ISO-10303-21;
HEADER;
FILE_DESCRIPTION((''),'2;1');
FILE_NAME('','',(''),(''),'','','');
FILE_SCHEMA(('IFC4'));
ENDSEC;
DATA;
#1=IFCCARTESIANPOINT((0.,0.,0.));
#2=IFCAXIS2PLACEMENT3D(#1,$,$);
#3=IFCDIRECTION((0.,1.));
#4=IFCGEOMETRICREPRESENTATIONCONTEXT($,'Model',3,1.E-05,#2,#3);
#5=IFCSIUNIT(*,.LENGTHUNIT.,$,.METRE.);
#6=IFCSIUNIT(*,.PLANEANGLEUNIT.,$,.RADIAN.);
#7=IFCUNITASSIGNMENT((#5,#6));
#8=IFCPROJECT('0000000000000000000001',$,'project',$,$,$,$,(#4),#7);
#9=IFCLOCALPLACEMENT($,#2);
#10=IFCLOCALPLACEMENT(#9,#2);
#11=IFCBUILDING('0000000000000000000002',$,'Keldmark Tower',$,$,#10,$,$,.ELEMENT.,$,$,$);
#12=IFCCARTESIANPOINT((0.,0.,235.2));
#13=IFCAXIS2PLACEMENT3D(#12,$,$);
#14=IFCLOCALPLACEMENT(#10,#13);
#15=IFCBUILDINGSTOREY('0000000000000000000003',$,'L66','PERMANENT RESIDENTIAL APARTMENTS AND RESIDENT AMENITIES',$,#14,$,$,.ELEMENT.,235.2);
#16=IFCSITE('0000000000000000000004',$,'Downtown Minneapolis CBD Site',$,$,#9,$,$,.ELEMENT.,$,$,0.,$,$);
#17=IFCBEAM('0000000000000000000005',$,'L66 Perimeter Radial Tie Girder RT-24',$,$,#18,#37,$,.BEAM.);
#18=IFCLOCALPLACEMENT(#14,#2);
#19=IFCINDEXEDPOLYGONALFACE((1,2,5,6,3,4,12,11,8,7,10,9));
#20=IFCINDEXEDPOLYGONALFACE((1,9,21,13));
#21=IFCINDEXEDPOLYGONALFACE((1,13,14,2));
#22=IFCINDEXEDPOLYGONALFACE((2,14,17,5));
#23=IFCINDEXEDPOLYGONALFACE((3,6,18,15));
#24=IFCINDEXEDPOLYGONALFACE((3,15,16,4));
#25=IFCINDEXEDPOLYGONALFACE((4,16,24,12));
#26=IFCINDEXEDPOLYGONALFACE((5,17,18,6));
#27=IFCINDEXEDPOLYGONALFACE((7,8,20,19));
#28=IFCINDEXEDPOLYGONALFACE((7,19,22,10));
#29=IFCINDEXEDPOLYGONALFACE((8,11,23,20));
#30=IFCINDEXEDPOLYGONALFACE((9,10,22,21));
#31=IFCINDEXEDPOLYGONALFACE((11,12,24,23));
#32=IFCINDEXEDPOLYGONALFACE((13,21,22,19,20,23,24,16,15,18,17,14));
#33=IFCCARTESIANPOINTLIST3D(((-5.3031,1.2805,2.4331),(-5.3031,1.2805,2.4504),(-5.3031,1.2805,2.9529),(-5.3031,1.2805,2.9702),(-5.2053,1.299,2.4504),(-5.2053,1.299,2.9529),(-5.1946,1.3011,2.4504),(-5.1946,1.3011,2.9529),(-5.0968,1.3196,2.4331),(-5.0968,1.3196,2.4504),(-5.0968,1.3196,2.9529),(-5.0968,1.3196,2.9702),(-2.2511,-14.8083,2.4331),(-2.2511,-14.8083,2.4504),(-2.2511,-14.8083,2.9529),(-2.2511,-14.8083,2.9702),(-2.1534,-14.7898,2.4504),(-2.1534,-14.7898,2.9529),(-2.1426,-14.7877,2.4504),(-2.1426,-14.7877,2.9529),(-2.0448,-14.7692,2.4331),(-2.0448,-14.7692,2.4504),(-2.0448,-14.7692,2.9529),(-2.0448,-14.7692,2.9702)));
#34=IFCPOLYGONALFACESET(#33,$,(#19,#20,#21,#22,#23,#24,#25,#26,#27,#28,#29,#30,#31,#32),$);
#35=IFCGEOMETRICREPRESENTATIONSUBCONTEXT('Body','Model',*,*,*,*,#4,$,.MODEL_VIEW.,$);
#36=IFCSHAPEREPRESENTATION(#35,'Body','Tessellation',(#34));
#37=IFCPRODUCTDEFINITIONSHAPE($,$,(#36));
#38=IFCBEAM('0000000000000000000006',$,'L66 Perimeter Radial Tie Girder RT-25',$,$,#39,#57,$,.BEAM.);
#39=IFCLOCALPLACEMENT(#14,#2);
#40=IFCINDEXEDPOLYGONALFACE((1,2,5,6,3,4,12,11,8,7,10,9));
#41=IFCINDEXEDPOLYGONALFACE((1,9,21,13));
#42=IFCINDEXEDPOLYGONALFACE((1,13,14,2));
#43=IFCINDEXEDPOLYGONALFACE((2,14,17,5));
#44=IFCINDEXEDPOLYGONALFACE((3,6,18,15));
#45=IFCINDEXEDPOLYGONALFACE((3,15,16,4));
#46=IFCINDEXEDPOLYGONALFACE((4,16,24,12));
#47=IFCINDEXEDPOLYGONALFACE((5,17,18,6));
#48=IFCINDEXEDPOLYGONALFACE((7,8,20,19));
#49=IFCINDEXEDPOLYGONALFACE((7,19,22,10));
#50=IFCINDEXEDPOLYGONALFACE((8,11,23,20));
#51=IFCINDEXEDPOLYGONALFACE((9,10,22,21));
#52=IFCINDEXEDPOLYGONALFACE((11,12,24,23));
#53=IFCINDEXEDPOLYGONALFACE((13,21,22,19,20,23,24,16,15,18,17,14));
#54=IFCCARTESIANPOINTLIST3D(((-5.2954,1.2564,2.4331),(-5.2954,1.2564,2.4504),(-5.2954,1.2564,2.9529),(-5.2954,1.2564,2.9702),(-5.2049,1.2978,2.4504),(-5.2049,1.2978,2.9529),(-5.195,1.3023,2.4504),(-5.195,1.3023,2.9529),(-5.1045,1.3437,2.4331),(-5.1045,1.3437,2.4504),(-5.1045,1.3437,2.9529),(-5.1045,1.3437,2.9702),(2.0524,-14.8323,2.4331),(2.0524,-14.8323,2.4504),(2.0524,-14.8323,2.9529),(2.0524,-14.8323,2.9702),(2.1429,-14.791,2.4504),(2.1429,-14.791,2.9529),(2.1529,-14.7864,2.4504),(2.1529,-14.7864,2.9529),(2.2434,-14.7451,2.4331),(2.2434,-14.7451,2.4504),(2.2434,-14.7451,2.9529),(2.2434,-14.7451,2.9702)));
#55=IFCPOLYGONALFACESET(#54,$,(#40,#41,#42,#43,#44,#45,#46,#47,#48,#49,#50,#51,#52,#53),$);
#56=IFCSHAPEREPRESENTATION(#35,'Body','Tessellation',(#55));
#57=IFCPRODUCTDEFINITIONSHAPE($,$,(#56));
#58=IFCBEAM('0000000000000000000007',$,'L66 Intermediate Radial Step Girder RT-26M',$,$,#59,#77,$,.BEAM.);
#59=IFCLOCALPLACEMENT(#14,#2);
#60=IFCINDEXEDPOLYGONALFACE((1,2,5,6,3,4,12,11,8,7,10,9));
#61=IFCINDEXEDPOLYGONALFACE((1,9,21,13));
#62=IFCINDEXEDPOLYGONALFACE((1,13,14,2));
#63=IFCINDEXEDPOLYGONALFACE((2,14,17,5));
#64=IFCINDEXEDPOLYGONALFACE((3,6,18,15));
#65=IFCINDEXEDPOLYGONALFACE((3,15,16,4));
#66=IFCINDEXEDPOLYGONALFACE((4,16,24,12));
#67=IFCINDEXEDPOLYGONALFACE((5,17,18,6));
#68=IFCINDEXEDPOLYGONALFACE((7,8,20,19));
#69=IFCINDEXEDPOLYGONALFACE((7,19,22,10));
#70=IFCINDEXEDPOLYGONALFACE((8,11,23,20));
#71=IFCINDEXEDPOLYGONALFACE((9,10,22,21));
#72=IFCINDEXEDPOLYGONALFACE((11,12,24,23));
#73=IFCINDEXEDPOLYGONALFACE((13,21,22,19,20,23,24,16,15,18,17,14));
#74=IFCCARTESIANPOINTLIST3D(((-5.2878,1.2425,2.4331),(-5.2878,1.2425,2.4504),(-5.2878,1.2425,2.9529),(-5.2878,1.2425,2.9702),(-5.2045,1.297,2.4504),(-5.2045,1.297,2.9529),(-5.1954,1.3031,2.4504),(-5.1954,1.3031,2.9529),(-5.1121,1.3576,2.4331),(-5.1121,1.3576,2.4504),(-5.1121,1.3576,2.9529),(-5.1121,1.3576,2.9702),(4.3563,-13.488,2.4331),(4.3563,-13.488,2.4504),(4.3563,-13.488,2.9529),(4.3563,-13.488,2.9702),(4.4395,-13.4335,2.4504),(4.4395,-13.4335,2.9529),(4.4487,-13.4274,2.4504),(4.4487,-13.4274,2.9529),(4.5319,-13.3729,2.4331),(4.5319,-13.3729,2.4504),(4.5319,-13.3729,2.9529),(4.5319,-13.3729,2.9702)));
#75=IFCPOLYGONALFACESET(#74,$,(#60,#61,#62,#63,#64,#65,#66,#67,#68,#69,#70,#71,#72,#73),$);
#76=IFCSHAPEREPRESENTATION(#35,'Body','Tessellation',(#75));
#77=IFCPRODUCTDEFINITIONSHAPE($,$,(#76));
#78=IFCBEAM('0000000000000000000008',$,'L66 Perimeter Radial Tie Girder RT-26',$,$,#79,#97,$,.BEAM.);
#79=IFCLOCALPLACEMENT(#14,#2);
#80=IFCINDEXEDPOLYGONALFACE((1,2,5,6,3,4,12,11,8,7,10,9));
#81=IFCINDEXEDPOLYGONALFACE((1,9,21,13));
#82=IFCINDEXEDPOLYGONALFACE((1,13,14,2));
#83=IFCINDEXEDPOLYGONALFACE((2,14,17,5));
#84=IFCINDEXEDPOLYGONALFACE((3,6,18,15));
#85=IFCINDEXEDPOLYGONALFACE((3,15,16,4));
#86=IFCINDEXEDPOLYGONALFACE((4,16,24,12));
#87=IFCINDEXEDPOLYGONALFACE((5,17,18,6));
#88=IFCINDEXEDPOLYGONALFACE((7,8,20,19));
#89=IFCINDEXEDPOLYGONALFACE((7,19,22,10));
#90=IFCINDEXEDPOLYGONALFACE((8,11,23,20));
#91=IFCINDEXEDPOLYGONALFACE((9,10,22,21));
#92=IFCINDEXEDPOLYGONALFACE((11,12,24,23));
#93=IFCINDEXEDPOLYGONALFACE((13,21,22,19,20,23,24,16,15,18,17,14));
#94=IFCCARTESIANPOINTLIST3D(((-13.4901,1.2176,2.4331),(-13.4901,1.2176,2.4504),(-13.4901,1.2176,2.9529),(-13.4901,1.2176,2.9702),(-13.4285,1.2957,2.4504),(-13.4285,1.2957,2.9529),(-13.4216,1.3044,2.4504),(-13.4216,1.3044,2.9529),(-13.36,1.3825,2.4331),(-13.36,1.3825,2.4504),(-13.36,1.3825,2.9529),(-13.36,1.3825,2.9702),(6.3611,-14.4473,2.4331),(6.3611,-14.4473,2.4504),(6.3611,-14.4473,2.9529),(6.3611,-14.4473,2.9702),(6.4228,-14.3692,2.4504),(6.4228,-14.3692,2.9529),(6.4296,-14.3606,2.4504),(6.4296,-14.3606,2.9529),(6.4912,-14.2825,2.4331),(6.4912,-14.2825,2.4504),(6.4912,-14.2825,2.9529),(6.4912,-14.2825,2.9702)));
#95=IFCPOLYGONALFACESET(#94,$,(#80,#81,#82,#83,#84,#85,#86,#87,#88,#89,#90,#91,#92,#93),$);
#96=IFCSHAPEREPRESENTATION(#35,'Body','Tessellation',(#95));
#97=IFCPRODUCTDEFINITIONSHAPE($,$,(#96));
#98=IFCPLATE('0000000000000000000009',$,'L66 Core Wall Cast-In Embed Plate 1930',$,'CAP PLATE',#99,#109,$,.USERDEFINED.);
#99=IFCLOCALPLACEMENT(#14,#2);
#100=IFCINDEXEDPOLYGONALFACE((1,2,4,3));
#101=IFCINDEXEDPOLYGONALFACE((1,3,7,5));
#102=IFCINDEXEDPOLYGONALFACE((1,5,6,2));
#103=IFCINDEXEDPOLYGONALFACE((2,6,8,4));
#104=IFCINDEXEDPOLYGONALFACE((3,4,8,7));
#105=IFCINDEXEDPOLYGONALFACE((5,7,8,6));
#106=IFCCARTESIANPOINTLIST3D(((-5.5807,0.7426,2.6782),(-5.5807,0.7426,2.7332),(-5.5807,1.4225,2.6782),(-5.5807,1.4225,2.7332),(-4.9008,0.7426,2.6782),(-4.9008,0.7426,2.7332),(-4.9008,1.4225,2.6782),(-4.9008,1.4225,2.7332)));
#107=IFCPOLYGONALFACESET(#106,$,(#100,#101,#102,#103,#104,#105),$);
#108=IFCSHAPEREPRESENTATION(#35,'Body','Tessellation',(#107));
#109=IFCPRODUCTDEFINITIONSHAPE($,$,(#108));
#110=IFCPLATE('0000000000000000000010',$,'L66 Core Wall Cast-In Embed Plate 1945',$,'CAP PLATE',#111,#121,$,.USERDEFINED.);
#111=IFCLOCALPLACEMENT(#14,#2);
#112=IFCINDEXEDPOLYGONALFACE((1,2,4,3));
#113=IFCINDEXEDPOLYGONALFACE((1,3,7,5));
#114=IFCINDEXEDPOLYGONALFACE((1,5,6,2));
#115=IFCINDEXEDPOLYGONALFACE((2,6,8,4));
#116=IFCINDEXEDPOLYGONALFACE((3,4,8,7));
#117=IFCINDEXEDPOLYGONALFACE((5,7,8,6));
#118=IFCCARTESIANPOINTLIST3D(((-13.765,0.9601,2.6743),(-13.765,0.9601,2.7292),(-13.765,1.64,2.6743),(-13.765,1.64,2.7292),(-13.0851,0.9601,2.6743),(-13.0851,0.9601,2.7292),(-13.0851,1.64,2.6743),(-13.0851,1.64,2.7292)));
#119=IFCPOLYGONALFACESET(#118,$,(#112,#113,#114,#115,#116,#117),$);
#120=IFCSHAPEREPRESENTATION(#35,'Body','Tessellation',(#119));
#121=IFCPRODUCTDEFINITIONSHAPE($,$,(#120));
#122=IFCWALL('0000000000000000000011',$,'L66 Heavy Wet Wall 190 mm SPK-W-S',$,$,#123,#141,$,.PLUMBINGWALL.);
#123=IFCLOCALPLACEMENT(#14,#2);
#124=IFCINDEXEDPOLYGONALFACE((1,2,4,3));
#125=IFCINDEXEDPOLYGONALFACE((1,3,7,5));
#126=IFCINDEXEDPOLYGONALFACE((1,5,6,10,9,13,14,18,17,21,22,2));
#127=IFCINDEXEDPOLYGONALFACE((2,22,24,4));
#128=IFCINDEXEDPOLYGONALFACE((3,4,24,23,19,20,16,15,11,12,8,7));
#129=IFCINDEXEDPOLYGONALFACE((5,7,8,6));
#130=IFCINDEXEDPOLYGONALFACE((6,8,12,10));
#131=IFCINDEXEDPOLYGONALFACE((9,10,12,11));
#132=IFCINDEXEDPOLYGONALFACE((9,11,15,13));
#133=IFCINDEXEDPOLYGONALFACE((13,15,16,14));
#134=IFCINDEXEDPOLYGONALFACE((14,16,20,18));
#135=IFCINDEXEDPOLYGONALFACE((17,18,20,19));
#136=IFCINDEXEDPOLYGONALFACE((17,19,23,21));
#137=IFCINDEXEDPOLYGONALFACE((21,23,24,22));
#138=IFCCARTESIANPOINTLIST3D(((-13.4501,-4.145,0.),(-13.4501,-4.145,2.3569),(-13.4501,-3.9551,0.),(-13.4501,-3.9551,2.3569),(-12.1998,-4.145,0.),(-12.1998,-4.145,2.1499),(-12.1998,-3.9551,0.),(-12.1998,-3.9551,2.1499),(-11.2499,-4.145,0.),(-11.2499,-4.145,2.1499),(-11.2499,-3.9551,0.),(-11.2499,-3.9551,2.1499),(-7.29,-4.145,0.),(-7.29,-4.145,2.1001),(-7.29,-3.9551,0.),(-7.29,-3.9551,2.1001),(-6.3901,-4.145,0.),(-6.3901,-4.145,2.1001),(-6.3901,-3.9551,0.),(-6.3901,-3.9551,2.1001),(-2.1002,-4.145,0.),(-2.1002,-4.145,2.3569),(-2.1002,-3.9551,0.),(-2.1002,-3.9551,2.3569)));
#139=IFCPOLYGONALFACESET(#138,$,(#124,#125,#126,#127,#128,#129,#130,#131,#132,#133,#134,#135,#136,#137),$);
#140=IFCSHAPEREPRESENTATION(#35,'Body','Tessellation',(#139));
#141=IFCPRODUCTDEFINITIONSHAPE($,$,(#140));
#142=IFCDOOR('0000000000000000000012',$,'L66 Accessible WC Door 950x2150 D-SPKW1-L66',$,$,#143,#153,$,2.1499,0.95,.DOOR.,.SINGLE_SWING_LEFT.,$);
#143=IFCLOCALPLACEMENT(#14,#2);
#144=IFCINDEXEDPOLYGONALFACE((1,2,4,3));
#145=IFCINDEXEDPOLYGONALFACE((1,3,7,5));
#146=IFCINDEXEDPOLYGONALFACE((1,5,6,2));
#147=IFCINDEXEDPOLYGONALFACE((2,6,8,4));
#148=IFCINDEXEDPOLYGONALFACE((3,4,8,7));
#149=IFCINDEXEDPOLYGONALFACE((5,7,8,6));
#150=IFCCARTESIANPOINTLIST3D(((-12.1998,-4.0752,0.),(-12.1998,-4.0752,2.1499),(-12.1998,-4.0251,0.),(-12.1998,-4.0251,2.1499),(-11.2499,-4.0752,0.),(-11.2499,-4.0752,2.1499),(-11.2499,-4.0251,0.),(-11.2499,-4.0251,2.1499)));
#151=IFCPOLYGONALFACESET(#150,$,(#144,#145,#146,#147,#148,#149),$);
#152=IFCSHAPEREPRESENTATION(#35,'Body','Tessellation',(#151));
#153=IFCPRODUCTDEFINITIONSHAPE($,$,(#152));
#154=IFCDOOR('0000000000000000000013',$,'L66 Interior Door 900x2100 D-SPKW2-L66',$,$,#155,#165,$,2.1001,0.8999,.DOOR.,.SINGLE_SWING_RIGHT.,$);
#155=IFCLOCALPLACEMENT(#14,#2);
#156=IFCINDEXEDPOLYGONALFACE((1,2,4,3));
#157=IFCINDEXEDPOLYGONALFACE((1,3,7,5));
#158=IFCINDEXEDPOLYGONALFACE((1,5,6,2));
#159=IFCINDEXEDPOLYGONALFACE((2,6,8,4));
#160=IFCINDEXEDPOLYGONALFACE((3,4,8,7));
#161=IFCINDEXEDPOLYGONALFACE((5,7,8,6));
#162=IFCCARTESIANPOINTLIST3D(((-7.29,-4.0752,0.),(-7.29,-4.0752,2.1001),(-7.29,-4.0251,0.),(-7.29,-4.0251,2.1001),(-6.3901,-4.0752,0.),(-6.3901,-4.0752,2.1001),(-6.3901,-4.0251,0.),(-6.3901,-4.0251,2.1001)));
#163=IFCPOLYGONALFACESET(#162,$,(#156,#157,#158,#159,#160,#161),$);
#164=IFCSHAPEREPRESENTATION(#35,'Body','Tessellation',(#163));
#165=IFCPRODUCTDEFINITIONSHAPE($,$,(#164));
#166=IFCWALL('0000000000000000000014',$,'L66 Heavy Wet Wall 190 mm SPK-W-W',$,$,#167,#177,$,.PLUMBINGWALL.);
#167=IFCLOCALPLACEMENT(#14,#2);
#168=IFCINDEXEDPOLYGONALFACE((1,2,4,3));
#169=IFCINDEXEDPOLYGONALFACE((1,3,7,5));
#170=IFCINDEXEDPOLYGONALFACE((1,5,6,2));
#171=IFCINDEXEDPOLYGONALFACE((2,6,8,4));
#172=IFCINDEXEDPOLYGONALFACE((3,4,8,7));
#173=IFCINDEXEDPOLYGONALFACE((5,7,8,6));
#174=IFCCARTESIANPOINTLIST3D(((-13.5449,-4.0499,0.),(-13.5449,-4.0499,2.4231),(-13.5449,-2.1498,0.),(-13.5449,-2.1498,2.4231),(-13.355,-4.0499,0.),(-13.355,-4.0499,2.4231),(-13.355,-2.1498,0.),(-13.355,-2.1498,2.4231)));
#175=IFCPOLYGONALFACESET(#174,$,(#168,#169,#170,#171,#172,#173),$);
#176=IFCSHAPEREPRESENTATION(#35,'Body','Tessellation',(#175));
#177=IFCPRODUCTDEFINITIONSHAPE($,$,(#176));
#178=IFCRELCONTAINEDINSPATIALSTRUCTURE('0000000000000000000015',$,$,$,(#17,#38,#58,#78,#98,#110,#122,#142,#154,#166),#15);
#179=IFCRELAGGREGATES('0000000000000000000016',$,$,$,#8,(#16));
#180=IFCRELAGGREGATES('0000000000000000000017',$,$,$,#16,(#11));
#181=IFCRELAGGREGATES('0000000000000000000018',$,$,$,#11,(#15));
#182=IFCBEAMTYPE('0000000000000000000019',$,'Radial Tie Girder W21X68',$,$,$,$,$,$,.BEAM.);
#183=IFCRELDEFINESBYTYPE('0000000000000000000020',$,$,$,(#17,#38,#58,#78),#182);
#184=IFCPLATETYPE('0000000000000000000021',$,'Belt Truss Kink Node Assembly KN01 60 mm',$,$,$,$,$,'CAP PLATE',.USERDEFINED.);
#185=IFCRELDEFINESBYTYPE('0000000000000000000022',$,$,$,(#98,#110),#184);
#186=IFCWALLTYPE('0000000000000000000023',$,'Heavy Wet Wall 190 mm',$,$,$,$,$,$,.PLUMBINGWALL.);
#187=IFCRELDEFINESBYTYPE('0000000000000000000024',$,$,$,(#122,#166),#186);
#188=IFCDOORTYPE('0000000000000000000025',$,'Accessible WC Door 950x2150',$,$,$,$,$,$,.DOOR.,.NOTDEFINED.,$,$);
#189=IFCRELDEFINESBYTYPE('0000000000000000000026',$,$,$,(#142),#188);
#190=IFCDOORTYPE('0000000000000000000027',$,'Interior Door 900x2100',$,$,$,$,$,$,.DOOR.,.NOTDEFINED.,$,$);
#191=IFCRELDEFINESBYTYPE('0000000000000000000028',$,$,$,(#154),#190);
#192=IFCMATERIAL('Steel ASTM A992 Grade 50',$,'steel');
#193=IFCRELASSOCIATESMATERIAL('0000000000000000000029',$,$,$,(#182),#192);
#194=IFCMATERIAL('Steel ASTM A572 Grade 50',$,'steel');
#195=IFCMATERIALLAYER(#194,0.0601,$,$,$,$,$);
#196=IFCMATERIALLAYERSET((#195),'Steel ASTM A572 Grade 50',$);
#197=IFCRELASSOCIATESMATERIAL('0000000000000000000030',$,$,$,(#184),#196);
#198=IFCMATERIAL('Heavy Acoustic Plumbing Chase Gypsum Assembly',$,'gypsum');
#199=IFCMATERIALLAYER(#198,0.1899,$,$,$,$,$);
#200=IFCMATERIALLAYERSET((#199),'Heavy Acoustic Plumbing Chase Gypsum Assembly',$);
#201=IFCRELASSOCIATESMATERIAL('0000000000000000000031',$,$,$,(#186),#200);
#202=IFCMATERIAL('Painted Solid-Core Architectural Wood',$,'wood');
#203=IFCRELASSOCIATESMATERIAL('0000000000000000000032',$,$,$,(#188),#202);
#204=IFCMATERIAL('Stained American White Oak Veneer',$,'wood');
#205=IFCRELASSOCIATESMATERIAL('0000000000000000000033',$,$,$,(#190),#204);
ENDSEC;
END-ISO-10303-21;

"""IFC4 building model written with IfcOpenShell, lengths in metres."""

from ifc_helpers import new_model, si_unit, direction, frame, frame_2d, origin, origin_2d, place, context, subcontext, project, spatial, rectangle, i_section, extrude, material, layer, layer_set, material_profile, profile_set, type_object, element, fill, save


model = new_model("IFC4")

# Units and contexts
model_context = context("Model", 3, precision=1e-05, world=origin(), true_north=direction((0.0, 1.0)))
body_context = subcontext(model_context, "Body", "Model", "MODEL_VIEW")
ifc_project = project(units=[si_unit("LENGTHUNIT", "METRE"), si_unit("PLANEANGLEUNIT", "RADIAN")], contexts=[model_context])

# Site, building, storey
site_placement = place(None, origin())
site = spatial("IfcSite", under=ifc_project, at=site_placement, Name="Downtown Minneapolis CBD Site", CompositionType="ELEMENT", RefElevation=0.0)
building_placement = place(site_placement, origin())
building = spatial("IfcBuilding", under=site, at=building_placement, Name="Keldmark Tower", CompositionType="ELEMENT")
storey_placement = place(building_placement, frame((0.0, 0.0, 235.2)))
storey = spatial("IfcBuildingStorey", under=building, at=storey_placement, Name="L66", Description="PERMANENT RESIDENTIAL APARTMENTS AND RESIDENT AMENITIES", CompositionType="ELEMENT", Elevation=235.2)

# Beams
ifc_material_1 = material(Name="Steel ASTM A992 Grade 50", Category="steel")
ifc_material_profile_1 = material_profile(ifc_material_1, i_section(OverallWidth=0.21, OverallDepth=0.5371, WebThickness=0.011, FlangeThickness=0.0173, at=origin_2d()), Name="W21X68")
ifc_profile_set_1 = profile_set([ifc_material_profile_1], Name="Steel ASTM A992 Grade 50")
beam_type_1 = type_object("IfcBeamType", Name="Radial Tie Girder W21X68", PredefinedType="BEAM", material=ifc_profile_set_1)
beam_1_placement = place(storey_placement, frame((-5.2, 1.3, 2.7017), z_axis=(0.186373, -0.982479, 0.0), x_axis=(0.982479, 0.186373, 0.0)))
element("IfcBeam", 1, at=beam_1_placement, inside=storey, type_object=beam_type_1, Name="L66 Perimeter Radial Tie Girder RT-24", PredefinedType="BEAM", context=body_context, shape_type="SweptSolid", body=[
    extrude(i_section(OverallWidth=0.21, OverallDepth=0.5371, WebThickness=0.011, FlangeThickness=0.0173, at=origin_2d()), origin(), (0.0, 0.0, 1.0), 16.3757),
])
beam_2_placement = place(storey_placement, frame((-5.2, 1.3, 2.7017), z_axis=(0.415432, -0.909624, 0.0), x_axis=(0.909624, 0.415432, 0.0)))
element("IfcBeam", 2, at=beam_2_placement, inside=storey, type_object=beam_type_1, Name="L66 Perimeter Radial Tie Girder RT-25", PredefinedType="BEAM", context=body_context, shape_type="SweptSolid", body=[
    extrude(i_section(OverallWidth=0.21, OverallDepth=0.5371, WebThickness=0.011, FlangeThickness=0.0173, at=origin_2d()), origin(), (0.0, 0.0, 1.0), 17.6873),
])
beam_3_placement = place(storey_placement, frame((-5.2, 1.3, 2.7017), z_axis=(0.54775, -0.836642, 0.0), x_axis=(0.836642, 0.54775, 0.0)))
element("IfcBeam", 3, at=beam_3_placement, inside=storey, type_object=beam_type_1, Name="L66 Intermediate Radial Step Girder RT-26M", PredefinedType="BEAM", context=body_context, shape_type="SweptSolid", body=[
    extrude(i_section(OverallWidth=0.21, OverallDepth=0.5371, WebThickness=0.011, FlangeThickness=0.0173, at=origin_2d()), origin(), (0.0, 0.0, 1.0), 17.6067),
])
beam_4_placement = place(storey_placement, frame((-13.425, 1.3, 2.7017), z_axis=(0.785018, -0.619472, 0.0), x_axis=(0.619472, 0.785018, 0.0)))
element("IfcBeam", 4, at=beam_4_placement, inside=storey, type_object=beam_type_1, Name="L66 Perimeter Radial Tie Girder RT-26", PredefinedType="BEAM", context=body_context, shape_type="SweptSolid", body=[
    extrude(i_section(OverallWidth=0.21, OverallDepth=0.5371, WebThickness=0.011, FlangeThickness=0.0173, at=origin_2d()), origin(), (0.0, 0.0, 1.0), 25.2876),
])

# Plates
ifc_material_2 = material(Name="Steel ASTM A572 Grade 50", Category="steel")
ifc_layer_1 = layer(ifc_material_2, 0.0601)
ifc_layer_set_1 = layer_set([ifc_layer_1], Name="Steel ASTM A572 Grade 50")
plate_type = type_object("IfcPlateType", Name="Belt Truss Kink Node Assembly KN01 60 mm", ElementType="CAP PLATE", PredefinedType="USERDEFINED", material=ifc_layer_set_1)
for number, where, z_axis, x_axis, name in (
    (5, (-5.2407, 1.0825, 2.6782), (0.0, 0.0, 1.0), (1.0, 0.0, 0.0), "L66 Core Wall Cast-In Embed Plate 1930"),
    (6, (-13.425, 1.3, 2.6743), (0.0, 0.0, 1.0), (1.0, 0.0, 0.0), "L66 Core Wall Cast-In Embed Plate 1945"),
):
    element("IfcPlate", number, at=place(storey_placement, frame(where, z_axis=z_axis, x_axis=x_axis)), inside=storey, type_object=plate_type, Name=name, ObjectType="CAP PLATE", PredefinedType="USERDEFINED", context=body_context, shape_type="SweptSolid", body=[
        extrude(rectangle(XDim=0.6799, YDim=0.6799, at=origin_2d()), origin(), (0.0, 0.0, 1.0), 0.0549),
    ])

# Wall, openings, doors
ifc_material_3 = material(Name="Heavy Acoustic Plumbing Chase Gypsum Assembly", Category="gypsum")
ifc_layer_2 = layer(ifc_material_3, 0.1899)
ifc_layer_set_2 = layer_set([ifc_layer_2], Name="Heavy Acoustic Plumbing Chase Gypsum Assembly")
wall_type_1 = type_object("IfcWallType", Name="Heavy Wet Wall 190 mm", PredefinedType="PLUMBINGWALL", material=ifc_layer_set_2)
wall_1_placement = place(storey_placement, frame((-13.45, -4.05, 0.0), z_axis=(0.0, 0.0, 1.0), x_axis=(1.0, 0.0, 0.0)))
wall_1 = element("IfcWall", 7, at=wall_1_placement, inside=storey, type_object=wall_type_1, Name="L66 Heavy Wet Wall 190 mm SPK-W-S", PredefinedType="PLUMBINGWALL", context=body_context, shape_type="SweptSolid", body=[
    extrude(rectangle(XDim=11.3499, YDim=0.1899, at=frame_2d((5.6748, 0.0))), origin(), (0.0, 0.0, 1.0), 2.3569),
])
opening_1_placement = place(wall_1_placement, frame((1.25, 0.0, 0.0)))
opening_1 = element("IfcOpeningElement", 8, at=opening_1_placement, cuts=wall_1, PredefinedType="OPENING", context=body_context, shape_type="SweptSolid", body=[
    extrude(rectangle(XDim=0.95, YDim=2.1499, at=frame_2d((0.4751, 1.075))), frame((0.0, 0.105, 0.0), z_axis=(0.0, -1.0, 0.0), x_axis=(1.0, 0.0, 0.0)), (0.0, 0.0, 1.0), 0.21),
])
opening_2_placement = place(wall_1_placement, frame((6.1599, 0.0, 0.0)))
opening_2 = element("IfcOpeningElement", 9, at=opening_2_placement, cuts=wall_1, PredefinedType="OPENING", context=body_context, shape_type="SweptSolid", body=[
    extrude(rectangle(XDim=0.8999, YDim=2.1001, at=frame_2d((0.45, 1.05))), frame((0.0, 0.105, 0.0), z_axis=(0.0, -1.0, 0.0), x_axis=(1.0, 0.0, 0.0)), (0.0, 0.0, 1.0), 0.21),
])
ifc_material_4 = material(Name="Painted Solid-Core Architectural Wood", Category="wood")
door_type_1 = type_object("IfcDoorType", Name="Accessible WC Door 950x2150", OperationType="NOTDEFINED", PredefinedType="DOOR", material=ifc_material_4)
door_1_placement = place(opening_1_placement, origin())
door_1 = element("IfcDoor", 10, at=door_1_placement, inside=storey, type_object=door_type_1, Name="L66 Accessible WC Door 950x2150 D-SPKW1-L66", OperationType="SINGLE_SWING_LEFT", OverallHeight=2.1499, OverallWidth=0.95, PredefinedType="DOOR", context=body_context, shape_type="SweptSolid", body=[
    extrude(rectangle(XDim=0.95, YDim=2.1499, at=frame_2d((0.4751, 1.075))), frame((0.0, 0.0249, 0.0), z_axis=(0.0, -1.0, 0.0), x_axis=(1.0, 0.0, 0.0)), (0.0, 0.0, 1.0), 0.05),
])
fill(opening_1, door_1)
ifc_material_5 = material(Name="Stained American White Oak Veneer", Category="wood")
door_type_2 = type_object("IfcDoorType", Name="Interior Door 900x2100", OperationType="NOTDEFINED", PredefinedType="DOOR", material=ifc_material_5)
door_2_placement = place(opening_2_placement, origin())
door_2 = element("IfcDoor", 11, at=door_2_placement, inside=storey, type_object=door_type_2, Name="L66 Interior Door 900x2100 D-SPKW2-L66", OperationType="SINGLE_SWING_RIGHT", OverallHeight=2.1001, OverallWidth=0.8999, PredefinedType="DOOR", context=body_context, shape_type="SweptSolid", body=[
    extrude(rectangle(XDim=0.8999, YDim=2.1001, at=frame_2d((0.45, 1.05))), frame((0.0, 0.0249, 0.0), z_axis=(0.0, -1.0, 0.0), x_axis=(1.0, 0.0, 0.0)), (0.0, 0.0, 1.0), 0.05),
])
fill(opening_2, door_2)

# Wall
wall_2_placement = place(storey_placement, frame((-13.45, -4.05, 0.0), z_axis=(0.0, 0.0, 1.0), x_axis=(0.0, 1.0, 0.0)))
element("IfcWall", 12, at=wall_2_placement, inside=storey, type_object=wall_type_1, Name="L66 Heavy Wet Wall 190 mm SPK-W-W", PredefinedType="PLUMBINGWALL", context=body_context, shape_type="SweptSolid", body=[
    extrude(rectangle(XDim=1.9001, YDim=0.1899, at=frame_2d((0.9502, 0.0))), origin(), (0.0, 0.0, 1.0), 2.4231),
])

save(model, "model.ifc")
